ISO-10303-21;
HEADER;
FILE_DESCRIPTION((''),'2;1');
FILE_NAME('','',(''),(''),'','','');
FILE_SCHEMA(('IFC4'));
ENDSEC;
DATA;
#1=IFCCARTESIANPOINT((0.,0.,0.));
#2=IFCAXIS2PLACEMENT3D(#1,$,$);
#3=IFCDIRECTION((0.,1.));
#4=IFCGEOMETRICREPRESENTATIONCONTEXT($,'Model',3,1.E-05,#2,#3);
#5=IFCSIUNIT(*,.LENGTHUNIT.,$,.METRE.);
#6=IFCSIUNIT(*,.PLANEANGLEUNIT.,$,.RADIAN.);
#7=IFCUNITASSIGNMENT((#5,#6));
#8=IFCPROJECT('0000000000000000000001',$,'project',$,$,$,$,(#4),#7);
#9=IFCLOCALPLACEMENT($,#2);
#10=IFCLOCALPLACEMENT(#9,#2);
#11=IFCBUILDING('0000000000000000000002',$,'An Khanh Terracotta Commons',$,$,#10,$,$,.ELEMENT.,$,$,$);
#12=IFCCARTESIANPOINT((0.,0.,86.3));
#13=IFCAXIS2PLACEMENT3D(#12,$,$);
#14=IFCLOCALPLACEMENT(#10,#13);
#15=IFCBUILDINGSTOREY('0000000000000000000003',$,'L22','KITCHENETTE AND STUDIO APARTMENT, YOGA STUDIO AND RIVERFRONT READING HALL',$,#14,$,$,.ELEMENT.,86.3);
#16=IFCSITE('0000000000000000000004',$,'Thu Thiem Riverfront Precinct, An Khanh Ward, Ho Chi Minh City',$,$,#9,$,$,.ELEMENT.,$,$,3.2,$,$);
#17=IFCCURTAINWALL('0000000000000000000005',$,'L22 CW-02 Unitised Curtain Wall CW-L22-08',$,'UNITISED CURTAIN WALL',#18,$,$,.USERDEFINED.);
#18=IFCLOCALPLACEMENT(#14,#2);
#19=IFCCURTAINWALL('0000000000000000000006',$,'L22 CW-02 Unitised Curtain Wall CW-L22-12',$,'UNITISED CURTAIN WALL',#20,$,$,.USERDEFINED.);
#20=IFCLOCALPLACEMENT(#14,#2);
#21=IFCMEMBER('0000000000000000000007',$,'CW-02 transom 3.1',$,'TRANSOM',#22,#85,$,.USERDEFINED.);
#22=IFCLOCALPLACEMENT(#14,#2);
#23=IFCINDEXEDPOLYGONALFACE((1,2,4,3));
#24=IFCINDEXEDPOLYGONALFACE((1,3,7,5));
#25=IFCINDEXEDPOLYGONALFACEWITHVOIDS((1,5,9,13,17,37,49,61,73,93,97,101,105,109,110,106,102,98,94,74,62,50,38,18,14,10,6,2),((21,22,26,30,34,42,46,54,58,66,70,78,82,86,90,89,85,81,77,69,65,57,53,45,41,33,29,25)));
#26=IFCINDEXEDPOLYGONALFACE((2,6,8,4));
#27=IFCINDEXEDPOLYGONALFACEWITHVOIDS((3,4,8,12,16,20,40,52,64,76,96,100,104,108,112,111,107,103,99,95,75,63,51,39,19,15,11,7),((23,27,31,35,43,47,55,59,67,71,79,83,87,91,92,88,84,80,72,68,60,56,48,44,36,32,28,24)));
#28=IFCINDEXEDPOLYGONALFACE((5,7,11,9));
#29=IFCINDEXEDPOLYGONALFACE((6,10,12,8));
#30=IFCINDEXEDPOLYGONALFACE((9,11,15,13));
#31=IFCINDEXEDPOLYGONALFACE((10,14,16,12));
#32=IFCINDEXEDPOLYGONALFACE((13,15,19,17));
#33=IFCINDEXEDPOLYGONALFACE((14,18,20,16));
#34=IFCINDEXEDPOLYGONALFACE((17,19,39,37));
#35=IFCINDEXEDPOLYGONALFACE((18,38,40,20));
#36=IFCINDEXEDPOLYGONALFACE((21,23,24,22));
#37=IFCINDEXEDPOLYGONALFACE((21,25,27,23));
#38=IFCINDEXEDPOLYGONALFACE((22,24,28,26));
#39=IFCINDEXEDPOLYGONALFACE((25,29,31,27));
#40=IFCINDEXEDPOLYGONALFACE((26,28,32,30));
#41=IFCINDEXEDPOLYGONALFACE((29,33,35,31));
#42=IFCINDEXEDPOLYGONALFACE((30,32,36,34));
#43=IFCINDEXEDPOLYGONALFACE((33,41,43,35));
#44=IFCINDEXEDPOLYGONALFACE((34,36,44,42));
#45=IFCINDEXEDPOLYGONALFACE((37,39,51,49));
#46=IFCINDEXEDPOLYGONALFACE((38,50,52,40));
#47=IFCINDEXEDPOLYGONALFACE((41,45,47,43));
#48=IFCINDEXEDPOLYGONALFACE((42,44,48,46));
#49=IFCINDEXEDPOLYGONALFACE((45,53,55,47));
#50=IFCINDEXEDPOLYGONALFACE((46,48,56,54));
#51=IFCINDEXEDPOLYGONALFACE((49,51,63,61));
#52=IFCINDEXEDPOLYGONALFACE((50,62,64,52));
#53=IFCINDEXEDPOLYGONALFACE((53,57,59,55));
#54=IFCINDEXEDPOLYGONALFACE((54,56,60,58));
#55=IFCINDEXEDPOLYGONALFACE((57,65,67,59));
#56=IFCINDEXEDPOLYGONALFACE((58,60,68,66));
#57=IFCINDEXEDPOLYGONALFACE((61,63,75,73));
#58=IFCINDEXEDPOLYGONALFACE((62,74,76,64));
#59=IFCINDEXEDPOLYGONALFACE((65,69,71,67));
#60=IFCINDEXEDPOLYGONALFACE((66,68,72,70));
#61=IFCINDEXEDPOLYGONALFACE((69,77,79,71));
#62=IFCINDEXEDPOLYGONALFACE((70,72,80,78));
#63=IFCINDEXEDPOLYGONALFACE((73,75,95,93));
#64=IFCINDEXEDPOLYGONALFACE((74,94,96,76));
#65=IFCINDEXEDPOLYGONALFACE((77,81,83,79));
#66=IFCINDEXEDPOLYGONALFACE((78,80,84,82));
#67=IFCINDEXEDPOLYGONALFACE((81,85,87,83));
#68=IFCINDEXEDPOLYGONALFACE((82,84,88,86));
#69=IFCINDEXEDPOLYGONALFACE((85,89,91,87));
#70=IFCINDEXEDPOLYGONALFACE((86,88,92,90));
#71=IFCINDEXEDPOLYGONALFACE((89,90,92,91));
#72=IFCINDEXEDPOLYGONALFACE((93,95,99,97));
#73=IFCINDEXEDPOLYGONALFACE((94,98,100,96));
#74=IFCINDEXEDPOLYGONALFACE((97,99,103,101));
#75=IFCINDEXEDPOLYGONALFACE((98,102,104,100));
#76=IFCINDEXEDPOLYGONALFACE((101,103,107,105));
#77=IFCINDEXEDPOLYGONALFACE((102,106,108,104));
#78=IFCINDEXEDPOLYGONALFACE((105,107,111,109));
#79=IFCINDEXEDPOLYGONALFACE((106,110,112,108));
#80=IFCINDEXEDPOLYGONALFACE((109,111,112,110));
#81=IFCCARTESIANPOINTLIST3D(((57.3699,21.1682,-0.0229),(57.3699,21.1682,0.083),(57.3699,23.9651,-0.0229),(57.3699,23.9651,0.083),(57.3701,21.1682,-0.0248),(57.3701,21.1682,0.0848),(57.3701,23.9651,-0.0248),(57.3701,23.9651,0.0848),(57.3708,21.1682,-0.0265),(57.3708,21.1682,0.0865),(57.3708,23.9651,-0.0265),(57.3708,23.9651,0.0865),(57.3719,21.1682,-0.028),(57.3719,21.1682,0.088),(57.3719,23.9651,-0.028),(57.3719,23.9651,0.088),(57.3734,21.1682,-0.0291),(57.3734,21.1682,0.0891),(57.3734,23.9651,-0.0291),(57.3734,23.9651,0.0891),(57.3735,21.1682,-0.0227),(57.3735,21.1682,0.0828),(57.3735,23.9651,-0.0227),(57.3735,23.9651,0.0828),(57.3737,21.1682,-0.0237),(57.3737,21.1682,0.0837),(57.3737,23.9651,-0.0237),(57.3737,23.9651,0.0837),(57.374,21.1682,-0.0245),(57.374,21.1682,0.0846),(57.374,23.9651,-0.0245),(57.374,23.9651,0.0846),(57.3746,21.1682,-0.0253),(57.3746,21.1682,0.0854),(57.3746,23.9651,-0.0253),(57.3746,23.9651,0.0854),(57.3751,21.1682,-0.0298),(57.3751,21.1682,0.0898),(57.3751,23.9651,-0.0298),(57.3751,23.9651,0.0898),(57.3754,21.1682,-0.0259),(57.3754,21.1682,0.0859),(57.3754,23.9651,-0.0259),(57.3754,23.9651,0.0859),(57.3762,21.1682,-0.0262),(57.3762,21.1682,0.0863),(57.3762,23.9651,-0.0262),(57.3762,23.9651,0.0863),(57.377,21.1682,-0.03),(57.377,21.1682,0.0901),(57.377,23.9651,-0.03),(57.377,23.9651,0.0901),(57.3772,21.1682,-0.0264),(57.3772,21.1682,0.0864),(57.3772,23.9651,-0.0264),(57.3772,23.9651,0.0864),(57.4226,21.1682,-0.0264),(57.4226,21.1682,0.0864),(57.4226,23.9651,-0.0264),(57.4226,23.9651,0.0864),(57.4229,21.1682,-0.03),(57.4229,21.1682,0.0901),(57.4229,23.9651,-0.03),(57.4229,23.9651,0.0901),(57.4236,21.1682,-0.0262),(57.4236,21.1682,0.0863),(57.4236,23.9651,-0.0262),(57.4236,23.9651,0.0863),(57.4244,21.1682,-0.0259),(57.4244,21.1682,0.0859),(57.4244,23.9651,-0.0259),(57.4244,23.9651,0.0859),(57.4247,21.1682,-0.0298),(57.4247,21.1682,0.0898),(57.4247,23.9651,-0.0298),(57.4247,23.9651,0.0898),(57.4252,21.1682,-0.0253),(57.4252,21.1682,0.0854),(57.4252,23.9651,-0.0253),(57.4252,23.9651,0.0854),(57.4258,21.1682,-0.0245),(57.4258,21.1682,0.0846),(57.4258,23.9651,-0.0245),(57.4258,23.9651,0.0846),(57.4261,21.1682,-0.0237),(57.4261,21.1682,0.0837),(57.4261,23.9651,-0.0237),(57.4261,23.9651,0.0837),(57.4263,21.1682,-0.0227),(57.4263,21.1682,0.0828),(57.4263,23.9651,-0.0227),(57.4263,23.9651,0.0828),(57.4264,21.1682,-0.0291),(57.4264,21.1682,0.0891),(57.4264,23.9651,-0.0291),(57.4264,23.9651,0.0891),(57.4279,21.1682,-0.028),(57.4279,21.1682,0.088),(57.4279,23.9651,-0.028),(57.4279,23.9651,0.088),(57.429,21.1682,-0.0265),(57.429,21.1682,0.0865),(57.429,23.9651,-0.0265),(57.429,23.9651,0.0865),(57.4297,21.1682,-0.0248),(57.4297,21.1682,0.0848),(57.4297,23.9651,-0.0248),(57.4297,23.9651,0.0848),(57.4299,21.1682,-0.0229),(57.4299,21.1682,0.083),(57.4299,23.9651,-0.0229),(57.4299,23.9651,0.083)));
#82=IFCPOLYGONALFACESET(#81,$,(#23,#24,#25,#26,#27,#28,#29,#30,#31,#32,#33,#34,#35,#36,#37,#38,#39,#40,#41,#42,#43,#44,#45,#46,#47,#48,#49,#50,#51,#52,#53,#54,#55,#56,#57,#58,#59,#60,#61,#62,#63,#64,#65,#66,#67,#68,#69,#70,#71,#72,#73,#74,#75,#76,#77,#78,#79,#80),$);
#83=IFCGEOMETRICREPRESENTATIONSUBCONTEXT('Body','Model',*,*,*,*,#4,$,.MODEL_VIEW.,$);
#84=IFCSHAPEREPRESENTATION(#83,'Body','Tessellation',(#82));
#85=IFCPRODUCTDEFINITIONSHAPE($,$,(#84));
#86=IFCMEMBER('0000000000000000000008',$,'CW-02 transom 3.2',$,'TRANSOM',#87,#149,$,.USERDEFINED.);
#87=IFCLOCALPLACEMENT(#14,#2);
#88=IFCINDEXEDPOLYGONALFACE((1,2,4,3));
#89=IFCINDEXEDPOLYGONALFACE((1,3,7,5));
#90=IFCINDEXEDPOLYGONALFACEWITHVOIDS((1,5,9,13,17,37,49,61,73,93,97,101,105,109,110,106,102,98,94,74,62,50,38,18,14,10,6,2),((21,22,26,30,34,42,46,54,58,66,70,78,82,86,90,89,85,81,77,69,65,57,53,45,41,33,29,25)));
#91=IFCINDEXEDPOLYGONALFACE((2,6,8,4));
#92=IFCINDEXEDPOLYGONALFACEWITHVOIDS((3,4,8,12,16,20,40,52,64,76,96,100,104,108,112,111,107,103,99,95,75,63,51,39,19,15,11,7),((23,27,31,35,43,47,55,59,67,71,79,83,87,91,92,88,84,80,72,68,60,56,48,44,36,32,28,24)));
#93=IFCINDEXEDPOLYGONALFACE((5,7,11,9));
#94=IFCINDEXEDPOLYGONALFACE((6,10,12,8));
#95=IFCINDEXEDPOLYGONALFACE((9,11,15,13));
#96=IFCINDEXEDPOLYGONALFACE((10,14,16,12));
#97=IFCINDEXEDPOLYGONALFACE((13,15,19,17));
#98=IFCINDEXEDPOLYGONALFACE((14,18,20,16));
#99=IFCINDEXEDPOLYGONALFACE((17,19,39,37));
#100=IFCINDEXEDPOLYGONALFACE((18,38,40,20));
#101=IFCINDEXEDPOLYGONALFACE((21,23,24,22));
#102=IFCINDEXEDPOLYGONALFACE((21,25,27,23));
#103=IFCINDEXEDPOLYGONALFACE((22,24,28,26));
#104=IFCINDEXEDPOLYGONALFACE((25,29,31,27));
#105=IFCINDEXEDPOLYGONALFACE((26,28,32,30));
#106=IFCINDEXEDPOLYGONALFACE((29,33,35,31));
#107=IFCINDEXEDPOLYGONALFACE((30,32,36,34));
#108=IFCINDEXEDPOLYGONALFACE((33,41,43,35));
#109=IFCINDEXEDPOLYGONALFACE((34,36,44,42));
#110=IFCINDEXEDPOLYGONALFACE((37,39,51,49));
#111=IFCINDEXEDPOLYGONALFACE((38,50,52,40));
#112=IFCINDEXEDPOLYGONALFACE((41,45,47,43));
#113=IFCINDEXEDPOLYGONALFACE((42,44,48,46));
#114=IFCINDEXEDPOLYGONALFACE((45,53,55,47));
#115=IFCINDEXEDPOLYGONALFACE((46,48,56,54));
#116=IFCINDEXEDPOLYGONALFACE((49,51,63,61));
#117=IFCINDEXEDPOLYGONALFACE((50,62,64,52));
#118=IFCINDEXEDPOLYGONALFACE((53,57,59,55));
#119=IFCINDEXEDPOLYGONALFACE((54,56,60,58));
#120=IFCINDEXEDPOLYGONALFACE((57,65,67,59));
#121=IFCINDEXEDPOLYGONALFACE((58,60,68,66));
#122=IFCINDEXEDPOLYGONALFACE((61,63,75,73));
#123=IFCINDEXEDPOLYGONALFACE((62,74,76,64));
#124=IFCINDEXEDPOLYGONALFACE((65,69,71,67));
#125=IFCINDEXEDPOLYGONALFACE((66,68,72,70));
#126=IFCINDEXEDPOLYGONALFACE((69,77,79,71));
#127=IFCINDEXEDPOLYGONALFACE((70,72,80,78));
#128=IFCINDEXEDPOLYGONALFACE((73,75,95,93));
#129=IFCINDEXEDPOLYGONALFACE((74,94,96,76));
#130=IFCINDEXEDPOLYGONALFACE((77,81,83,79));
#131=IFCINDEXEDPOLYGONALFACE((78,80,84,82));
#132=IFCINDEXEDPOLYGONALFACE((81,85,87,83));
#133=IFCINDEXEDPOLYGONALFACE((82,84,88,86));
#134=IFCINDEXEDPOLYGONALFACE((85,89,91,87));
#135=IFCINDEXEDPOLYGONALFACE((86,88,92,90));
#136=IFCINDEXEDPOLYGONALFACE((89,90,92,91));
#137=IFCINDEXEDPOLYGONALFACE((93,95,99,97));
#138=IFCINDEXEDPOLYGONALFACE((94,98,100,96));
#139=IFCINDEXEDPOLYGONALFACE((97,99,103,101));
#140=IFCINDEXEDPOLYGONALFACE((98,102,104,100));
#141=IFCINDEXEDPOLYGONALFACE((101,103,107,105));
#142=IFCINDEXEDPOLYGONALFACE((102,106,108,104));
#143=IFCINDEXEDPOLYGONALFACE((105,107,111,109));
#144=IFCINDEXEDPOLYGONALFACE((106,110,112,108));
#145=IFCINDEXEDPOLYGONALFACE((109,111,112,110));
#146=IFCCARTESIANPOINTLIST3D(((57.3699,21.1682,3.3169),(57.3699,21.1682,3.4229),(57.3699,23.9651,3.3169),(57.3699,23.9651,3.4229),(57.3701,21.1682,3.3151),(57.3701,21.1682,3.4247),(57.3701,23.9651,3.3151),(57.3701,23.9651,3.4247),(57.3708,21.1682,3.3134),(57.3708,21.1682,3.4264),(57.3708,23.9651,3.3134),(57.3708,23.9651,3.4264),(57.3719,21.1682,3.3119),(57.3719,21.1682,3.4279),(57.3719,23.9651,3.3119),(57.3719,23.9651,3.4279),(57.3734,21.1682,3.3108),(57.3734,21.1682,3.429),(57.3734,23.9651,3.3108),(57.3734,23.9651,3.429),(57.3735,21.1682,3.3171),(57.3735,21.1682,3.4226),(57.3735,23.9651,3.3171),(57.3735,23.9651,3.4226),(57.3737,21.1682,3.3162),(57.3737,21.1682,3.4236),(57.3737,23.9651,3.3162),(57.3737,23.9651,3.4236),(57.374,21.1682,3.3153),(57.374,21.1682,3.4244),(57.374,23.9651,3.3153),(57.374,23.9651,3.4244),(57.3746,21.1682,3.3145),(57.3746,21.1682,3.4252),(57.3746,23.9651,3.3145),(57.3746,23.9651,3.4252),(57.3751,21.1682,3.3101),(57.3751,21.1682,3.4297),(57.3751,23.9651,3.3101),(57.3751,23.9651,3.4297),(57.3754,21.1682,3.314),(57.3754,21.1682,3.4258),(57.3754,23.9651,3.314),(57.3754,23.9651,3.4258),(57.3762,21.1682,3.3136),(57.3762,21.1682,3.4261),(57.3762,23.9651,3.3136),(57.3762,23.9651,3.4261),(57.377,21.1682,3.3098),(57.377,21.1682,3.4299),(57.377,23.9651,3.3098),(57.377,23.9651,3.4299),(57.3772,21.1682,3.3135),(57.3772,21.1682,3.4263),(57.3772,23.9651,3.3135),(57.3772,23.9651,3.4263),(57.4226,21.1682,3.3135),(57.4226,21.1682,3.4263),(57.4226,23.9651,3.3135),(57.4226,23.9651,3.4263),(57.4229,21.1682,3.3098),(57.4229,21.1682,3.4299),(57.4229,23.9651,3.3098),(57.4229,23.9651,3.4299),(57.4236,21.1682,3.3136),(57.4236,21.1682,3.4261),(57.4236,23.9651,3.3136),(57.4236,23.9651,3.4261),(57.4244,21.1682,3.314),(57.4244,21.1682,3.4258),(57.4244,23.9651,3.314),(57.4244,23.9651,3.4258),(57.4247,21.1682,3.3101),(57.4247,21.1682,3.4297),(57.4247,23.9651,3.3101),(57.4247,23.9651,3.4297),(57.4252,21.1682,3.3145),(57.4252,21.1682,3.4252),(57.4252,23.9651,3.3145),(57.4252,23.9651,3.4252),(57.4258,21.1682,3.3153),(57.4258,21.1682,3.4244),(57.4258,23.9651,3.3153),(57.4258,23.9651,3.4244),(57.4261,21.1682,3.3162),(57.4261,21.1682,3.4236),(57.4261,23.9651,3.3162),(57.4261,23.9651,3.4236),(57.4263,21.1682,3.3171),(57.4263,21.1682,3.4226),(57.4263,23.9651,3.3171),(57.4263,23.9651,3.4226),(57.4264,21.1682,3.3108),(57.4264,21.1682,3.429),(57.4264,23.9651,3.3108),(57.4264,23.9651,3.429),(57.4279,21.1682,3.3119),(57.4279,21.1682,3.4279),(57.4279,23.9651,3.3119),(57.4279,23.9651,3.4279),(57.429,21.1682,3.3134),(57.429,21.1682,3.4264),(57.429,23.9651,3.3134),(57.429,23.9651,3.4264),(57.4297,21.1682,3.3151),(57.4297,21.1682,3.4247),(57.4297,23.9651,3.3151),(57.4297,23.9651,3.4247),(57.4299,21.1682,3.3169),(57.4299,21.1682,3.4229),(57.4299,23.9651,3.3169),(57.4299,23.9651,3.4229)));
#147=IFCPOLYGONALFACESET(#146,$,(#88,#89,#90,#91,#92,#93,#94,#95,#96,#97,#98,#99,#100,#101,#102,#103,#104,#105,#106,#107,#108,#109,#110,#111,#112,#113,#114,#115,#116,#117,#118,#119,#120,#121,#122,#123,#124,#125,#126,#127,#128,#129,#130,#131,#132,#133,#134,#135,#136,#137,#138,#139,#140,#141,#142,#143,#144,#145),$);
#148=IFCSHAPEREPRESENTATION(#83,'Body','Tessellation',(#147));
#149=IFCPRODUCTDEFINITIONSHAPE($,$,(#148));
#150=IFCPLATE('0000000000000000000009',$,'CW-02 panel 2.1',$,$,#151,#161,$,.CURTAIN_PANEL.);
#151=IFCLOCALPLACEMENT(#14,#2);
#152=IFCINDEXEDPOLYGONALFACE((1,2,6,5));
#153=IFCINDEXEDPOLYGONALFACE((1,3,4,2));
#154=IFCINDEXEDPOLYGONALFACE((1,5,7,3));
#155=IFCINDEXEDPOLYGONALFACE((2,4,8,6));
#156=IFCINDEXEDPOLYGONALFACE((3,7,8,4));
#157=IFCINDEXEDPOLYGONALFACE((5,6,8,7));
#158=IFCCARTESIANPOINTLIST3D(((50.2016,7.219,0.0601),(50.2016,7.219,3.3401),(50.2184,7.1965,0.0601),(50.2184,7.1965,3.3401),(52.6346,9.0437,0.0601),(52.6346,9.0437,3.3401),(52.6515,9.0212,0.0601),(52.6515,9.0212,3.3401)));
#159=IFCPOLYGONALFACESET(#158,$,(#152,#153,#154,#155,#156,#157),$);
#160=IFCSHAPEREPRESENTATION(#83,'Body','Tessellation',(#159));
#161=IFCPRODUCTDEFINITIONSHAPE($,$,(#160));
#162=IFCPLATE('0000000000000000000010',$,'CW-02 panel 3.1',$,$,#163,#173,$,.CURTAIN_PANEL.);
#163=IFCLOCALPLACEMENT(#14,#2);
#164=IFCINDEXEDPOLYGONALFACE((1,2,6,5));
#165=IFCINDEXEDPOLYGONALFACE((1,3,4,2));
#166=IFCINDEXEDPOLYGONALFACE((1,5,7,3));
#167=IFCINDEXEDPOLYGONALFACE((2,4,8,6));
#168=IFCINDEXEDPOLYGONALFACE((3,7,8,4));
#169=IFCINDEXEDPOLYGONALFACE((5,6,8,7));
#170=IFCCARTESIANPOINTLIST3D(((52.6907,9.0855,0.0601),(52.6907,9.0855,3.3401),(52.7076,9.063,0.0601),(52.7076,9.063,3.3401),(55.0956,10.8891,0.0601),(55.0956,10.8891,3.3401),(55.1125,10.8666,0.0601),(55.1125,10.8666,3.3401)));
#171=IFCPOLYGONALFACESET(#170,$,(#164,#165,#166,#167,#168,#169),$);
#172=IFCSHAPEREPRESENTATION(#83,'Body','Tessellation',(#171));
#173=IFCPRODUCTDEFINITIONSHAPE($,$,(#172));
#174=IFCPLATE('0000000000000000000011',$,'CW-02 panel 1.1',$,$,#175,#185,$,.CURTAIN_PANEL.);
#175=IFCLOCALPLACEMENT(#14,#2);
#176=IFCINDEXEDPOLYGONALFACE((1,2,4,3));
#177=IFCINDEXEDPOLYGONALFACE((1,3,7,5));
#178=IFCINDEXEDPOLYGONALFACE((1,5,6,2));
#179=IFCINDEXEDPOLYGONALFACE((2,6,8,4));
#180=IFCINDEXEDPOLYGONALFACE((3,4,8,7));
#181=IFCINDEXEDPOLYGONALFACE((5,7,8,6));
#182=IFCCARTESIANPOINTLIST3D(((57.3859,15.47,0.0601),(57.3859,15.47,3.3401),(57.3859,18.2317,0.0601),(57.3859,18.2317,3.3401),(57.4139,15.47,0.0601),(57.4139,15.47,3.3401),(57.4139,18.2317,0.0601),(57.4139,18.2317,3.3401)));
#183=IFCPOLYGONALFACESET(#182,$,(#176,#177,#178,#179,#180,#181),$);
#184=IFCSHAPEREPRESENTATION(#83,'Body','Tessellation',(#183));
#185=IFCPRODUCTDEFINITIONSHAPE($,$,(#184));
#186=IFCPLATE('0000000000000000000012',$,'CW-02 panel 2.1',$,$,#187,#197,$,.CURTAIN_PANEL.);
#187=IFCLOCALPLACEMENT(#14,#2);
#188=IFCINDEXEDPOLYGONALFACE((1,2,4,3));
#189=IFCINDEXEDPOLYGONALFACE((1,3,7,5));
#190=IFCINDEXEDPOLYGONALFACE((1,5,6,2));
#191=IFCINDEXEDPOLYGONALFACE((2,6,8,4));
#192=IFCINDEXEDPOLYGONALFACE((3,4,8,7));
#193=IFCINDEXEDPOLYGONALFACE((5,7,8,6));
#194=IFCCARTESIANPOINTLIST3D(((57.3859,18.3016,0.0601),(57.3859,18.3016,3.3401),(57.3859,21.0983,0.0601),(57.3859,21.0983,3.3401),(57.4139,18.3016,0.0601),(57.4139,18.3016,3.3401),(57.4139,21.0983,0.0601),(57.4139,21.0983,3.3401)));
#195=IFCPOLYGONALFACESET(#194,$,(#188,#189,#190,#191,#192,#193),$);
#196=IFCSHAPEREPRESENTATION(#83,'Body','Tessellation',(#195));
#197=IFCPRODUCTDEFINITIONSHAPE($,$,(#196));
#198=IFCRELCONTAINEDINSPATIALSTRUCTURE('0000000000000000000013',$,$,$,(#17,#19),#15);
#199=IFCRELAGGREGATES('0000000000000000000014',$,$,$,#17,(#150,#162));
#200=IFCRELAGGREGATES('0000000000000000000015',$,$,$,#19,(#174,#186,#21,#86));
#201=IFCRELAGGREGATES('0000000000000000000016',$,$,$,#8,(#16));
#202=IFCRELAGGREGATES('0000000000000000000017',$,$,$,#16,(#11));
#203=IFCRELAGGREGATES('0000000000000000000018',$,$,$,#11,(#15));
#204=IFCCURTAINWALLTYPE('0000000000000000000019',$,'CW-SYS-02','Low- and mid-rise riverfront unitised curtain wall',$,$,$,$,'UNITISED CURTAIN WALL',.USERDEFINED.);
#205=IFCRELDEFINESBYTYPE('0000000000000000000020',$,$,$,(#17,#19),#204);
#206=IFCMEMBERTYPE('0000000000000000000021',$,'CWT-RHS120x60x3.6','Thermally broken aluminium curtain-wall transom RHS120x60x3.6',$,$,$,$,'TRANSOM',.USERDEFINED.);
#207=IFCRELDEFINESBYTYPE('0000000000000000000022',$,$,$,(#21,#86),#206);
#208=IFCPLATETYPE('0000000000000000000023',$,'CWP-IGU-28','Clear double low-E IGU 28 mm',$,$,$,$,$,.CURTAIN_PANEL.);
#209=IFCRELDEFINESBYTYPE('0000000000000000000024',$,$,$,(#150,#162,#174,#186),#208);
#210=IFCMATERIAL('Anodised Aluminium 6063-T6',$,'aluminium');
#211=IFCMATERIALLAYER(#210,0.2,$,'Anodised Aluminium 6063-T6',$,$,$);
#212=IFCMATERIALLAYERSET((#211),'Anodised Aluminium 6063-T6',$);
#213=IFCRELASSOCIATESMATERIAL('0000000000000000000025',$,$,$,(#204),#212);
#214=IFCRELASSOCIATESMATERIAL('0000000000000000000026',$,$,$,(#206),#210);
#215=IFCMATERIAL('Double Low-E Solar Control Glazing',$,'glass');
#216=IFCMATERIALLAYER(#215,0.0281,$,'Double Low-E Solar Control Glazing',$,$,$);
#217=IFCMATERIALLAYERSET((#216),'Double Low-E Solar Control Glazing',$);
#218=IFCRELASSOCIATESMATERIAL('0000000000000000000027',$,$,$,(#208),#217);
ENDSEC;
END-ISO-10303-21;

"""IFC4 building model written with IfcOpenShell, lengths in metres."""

from ifc_helpers import new_model, si_unit, direction, frame, origin, origin_2d, place, context, subcontext, project, spatial, rectangle, hollow_rectangle, extrude, material, layer, layer_set, material_profile, profile_set, type_object, element, aggregate, save


model = new_model("IFC4")

# Units and contexts
model_context = context("Model", 3, precision=1e-05, world=origin(), true_north=direction((0.0, 1.0)))
body_context = subcontext(model_context, "Body", "Model", "MODEL_VIEW")
ifc_project = project(units=[si_unit("LENGTHUNIT", "METRE"), si_unit("PLANEANGLEUNIT", "RADIAN")], contexts=[model_context])

# Site, building, storey
site_placement = place(None, origin())
site = spatial("IfcSite", under=ifc_project, at=site_placement, Name="Thu Thiem Riverfront Precinct, An Khanh Ward, Ho Chi Minh City", CompositionType="ELEMENT", RefElevation=3.2)
building_placement = place(site_placement, origin())
building = spatial("IfcBuilding", under=site, at=building_placement, Name="An Khanh Terracotta Commons", CompositionType="ELEMENT")
storey_placement = place(building_placement, frame((0.0, 0.0, 86.3)))
storey = spatial("IfcBuildingStorey", under=building, at=storey_placement, Name="L22", Description="KITCHENETTE AND STUDIO APARTMENT, YOGA STUDIO AND RIVERFRONT READING HALL", CompositionType="ELEMENT", Elevation=86.3)

# Curtain walls
ifc_material_1 = material(Name="Anodised Aluminium 6063-T6", Category="aluminium")
ifc_layer_1 = layer(ifc_material_1, 0.2, Name="Anodised Aluminium 6063-T6")
ifc_layer_set_1 = layer_set([ifc_layer_1], Name="Anodised Aluminium 6063-T6")
curtain_wall_type = type_object("IfcCurtainWallType", Name="CW-SYS-02", Description="Low- and mid-rise riverfront unitised curtain wall", ElementType="UNITISED CURTAIN WALL", PredefinedType="USERDEFINED", material=ifc_layer_set_1)
curtain_wall_1_placement = place(storey_placement, origin())
curtain_wall_1 = element("IfcCurtainWall", 1, at=curtain_wall_1_placement, inside=storey, type_object=curtain_wall_type, Name="L22 CW-02 Unitised Curtain Wall CW-L22-08", ObjectType="UNITISED CURTAIN WALL", PredefinedType="USERDEFINED")
curtain_wall_2_placement = place(storey_placement, origin())
curtain_wall_2 = element("IfcCurtainWall", 2, at=curtain_wall_2_placement, inside=storey, type_object=curtain_wall_type, Name="L22 CW-02 Unitised Curtain Wall CW-L22-12", ObjectType="UNITISED CURTAIN WALL", PredefinedType="USERDEFINED")

# Members
ifc_material_profile_1 = material_profile(ifc_material_1, hollow_rectangle(XDim=0.0601, YDim=0.1201, WallThickness=0.0037, InnerFilletRadius=0.0037, OuterFilletRadius=0.0071, at=origin_2d()), Name="RHS120x60x3.6")
ifc_profile_set_1 = profile_set([ifc_material_profile_1], Name="Anodised Aluminium 6063-T6")
member_type_1 = type_object("IfcMemberType", Name="CWT-RHS120x60x3.6", Description="Thermally broken aluminium curtain-wall transom RHS120x60x3.6", ElementType="TRANSOM", PredefinedType="USERDEFINED", material=ifc_profile_set_1)
member_1_placement = place(storey_placement, frame((57.3999, 21.1682, 0.03), z_axis=(0.0, 1.0, 0.0), x_axis=(-1.0, 0.0, 0.0)))
member_1 = element("IfcMember", 3, at=member_1_placement, type_object=member_type_1, Name="CW-02 transom 3.1", ObjectType="TRANSOM", PredefinedType="USERDEFINED", context=body_context, shape_type="SweptSolid", body=[
    extrude(hollow_rectangle(XDim=0.0601, YDim=0.1201, WallThickness=0.0037, InnerFilletRadius=0.0037, OuterFilletRadius=0.0071, at=origin_2d()), origin(), (0.0, 0.0, 1.0), 2.7969),
])
member_2_placement = place(storey_placement, frame((57.3999, 21.1682, 3.3699), z_axis=(0.0, 1.0, 0.0), x_axis=(-1.0, 0.0, 0.0)))
member_2 = element("IfcMember", 4, at=member_2_placement, type_object=member_type_1, Name="CW-02 transom 3.2", ObjectType="TRANSOM", PredefinedType="USERDEFINED", context=body_context, shape_type="SweptSolid", body=[
    extrude(hollow_rectangle(XDim=0.0601, YDim=0.1201, WallThickness=0.0037, InnerFilletRadius=0.0037, OuterFilletRadius=0.0071, at=origin_2d()), origin(), (0.0, 0.0, 1.0), 2.7969),
])

# Plates
ifc_material_2 = material(Name="Double Low-E Solar Control Glazing", Category="glass")
ifc_layer_2 = layer(ifc_material_2, 0.0281, Name="Double Low-E Solar Control Glazing")
ifc_layer_set_2 = layer_set([ifc_layer_2], Name="Double Low-E Solar Control Glazing")
plate_type = type_object("IfcPlateType", Name="CWP-IGU-28", Description="Clear double low-E IGU 28 mm", PredefinedType="CURTAIN_PANEL", material=ifc_layer_set_2)
plate_1_placement = place(storey_placement, frame((51.4265, 8.1201, 0.0601), z_axis=(0.0, 0.0, 1.0), x_axis=(0.800013, 0.599983, 0.0)))
plate_1 = element("IfcPlate", 5, at=plate_1_placement, type_object=plate_type, Name="CW-02 panel 2.1", PredefinedType="CURTAIN_PANEL", context=body_context, shape_type="SweptSolid", body=[
    extrude(rectangle(XDim=3.0413, YDim=0.0281, at=origin_2d()), origin(), (0.0, 0.0, 1.0), 3.28),
])
plate_2_placement = place(storey_placement, frame((53.9016, 9.9761, 0.0601), z_axis=(0.0, 0.0, 1.0), x_axis=(0.800013, 0.599983, 0.0)))
plate_2 = element("IfcPlate", 6, at=plate_2_placement, type_object=plate_type, Name="CW-02 panel 3.1", PredefinedType="CURTAIN_PANEL", context=body_context, shape_type="SweptSolid", body=[
    extrude(rectangle(XDim=3.0061, YDim=0.0281, at=origin_2d()), origin(), (0.0, 0.0, 1.0), 3.28),
])
aggregate(curtain_wall_1, [plate_1, plate_2])
plate_3_placement = place(storey_placement, frame((57.3999, 16.8508, 0.0601), z_axis=(0.0, 0.0, 1.0), x_axis=(0.0, 1.0, 0.0)))
plate_3 = element("IfcPlate", 7, at=plate_3_placement, type_object=plate_type, Name="CW-02 panel 1.1", PredefinedType="CURTAIN_PANEL", context=body_context, shape_type="SweptSolid", body=[
    extrude(rectangle(XDim=2.7617, YDim=0.0281, at=origin_2d()), origin(), (0.0, 0.0, 1.0), 3.28),
])
plate_4_placement = place(storey_placement, frame((57.3999, 19.7, 0.0601), z_axis=(0.0, 0.0, 1.0), x_axis=(0.0, 1.0, 0.0)))
plate_4 = element("IfcPlate", 8, at=plate_4_placement, type_object=plate_type, Name="CW-02 panel 2.1", PredefinedType="CURTAIN_PANEL", context=body_context, shape_type="SweptSolid", body=[
    extrude(rectangle(XDim=2.7966, YDim=0.0281, at=origin_2d()), origin(), (0.0, 0.0, 1.0), 3.28),
])
aggregate(curtain_wall_2, [plate_3, plate_4, member_1, member_2])

save(model, "model.ifc")
